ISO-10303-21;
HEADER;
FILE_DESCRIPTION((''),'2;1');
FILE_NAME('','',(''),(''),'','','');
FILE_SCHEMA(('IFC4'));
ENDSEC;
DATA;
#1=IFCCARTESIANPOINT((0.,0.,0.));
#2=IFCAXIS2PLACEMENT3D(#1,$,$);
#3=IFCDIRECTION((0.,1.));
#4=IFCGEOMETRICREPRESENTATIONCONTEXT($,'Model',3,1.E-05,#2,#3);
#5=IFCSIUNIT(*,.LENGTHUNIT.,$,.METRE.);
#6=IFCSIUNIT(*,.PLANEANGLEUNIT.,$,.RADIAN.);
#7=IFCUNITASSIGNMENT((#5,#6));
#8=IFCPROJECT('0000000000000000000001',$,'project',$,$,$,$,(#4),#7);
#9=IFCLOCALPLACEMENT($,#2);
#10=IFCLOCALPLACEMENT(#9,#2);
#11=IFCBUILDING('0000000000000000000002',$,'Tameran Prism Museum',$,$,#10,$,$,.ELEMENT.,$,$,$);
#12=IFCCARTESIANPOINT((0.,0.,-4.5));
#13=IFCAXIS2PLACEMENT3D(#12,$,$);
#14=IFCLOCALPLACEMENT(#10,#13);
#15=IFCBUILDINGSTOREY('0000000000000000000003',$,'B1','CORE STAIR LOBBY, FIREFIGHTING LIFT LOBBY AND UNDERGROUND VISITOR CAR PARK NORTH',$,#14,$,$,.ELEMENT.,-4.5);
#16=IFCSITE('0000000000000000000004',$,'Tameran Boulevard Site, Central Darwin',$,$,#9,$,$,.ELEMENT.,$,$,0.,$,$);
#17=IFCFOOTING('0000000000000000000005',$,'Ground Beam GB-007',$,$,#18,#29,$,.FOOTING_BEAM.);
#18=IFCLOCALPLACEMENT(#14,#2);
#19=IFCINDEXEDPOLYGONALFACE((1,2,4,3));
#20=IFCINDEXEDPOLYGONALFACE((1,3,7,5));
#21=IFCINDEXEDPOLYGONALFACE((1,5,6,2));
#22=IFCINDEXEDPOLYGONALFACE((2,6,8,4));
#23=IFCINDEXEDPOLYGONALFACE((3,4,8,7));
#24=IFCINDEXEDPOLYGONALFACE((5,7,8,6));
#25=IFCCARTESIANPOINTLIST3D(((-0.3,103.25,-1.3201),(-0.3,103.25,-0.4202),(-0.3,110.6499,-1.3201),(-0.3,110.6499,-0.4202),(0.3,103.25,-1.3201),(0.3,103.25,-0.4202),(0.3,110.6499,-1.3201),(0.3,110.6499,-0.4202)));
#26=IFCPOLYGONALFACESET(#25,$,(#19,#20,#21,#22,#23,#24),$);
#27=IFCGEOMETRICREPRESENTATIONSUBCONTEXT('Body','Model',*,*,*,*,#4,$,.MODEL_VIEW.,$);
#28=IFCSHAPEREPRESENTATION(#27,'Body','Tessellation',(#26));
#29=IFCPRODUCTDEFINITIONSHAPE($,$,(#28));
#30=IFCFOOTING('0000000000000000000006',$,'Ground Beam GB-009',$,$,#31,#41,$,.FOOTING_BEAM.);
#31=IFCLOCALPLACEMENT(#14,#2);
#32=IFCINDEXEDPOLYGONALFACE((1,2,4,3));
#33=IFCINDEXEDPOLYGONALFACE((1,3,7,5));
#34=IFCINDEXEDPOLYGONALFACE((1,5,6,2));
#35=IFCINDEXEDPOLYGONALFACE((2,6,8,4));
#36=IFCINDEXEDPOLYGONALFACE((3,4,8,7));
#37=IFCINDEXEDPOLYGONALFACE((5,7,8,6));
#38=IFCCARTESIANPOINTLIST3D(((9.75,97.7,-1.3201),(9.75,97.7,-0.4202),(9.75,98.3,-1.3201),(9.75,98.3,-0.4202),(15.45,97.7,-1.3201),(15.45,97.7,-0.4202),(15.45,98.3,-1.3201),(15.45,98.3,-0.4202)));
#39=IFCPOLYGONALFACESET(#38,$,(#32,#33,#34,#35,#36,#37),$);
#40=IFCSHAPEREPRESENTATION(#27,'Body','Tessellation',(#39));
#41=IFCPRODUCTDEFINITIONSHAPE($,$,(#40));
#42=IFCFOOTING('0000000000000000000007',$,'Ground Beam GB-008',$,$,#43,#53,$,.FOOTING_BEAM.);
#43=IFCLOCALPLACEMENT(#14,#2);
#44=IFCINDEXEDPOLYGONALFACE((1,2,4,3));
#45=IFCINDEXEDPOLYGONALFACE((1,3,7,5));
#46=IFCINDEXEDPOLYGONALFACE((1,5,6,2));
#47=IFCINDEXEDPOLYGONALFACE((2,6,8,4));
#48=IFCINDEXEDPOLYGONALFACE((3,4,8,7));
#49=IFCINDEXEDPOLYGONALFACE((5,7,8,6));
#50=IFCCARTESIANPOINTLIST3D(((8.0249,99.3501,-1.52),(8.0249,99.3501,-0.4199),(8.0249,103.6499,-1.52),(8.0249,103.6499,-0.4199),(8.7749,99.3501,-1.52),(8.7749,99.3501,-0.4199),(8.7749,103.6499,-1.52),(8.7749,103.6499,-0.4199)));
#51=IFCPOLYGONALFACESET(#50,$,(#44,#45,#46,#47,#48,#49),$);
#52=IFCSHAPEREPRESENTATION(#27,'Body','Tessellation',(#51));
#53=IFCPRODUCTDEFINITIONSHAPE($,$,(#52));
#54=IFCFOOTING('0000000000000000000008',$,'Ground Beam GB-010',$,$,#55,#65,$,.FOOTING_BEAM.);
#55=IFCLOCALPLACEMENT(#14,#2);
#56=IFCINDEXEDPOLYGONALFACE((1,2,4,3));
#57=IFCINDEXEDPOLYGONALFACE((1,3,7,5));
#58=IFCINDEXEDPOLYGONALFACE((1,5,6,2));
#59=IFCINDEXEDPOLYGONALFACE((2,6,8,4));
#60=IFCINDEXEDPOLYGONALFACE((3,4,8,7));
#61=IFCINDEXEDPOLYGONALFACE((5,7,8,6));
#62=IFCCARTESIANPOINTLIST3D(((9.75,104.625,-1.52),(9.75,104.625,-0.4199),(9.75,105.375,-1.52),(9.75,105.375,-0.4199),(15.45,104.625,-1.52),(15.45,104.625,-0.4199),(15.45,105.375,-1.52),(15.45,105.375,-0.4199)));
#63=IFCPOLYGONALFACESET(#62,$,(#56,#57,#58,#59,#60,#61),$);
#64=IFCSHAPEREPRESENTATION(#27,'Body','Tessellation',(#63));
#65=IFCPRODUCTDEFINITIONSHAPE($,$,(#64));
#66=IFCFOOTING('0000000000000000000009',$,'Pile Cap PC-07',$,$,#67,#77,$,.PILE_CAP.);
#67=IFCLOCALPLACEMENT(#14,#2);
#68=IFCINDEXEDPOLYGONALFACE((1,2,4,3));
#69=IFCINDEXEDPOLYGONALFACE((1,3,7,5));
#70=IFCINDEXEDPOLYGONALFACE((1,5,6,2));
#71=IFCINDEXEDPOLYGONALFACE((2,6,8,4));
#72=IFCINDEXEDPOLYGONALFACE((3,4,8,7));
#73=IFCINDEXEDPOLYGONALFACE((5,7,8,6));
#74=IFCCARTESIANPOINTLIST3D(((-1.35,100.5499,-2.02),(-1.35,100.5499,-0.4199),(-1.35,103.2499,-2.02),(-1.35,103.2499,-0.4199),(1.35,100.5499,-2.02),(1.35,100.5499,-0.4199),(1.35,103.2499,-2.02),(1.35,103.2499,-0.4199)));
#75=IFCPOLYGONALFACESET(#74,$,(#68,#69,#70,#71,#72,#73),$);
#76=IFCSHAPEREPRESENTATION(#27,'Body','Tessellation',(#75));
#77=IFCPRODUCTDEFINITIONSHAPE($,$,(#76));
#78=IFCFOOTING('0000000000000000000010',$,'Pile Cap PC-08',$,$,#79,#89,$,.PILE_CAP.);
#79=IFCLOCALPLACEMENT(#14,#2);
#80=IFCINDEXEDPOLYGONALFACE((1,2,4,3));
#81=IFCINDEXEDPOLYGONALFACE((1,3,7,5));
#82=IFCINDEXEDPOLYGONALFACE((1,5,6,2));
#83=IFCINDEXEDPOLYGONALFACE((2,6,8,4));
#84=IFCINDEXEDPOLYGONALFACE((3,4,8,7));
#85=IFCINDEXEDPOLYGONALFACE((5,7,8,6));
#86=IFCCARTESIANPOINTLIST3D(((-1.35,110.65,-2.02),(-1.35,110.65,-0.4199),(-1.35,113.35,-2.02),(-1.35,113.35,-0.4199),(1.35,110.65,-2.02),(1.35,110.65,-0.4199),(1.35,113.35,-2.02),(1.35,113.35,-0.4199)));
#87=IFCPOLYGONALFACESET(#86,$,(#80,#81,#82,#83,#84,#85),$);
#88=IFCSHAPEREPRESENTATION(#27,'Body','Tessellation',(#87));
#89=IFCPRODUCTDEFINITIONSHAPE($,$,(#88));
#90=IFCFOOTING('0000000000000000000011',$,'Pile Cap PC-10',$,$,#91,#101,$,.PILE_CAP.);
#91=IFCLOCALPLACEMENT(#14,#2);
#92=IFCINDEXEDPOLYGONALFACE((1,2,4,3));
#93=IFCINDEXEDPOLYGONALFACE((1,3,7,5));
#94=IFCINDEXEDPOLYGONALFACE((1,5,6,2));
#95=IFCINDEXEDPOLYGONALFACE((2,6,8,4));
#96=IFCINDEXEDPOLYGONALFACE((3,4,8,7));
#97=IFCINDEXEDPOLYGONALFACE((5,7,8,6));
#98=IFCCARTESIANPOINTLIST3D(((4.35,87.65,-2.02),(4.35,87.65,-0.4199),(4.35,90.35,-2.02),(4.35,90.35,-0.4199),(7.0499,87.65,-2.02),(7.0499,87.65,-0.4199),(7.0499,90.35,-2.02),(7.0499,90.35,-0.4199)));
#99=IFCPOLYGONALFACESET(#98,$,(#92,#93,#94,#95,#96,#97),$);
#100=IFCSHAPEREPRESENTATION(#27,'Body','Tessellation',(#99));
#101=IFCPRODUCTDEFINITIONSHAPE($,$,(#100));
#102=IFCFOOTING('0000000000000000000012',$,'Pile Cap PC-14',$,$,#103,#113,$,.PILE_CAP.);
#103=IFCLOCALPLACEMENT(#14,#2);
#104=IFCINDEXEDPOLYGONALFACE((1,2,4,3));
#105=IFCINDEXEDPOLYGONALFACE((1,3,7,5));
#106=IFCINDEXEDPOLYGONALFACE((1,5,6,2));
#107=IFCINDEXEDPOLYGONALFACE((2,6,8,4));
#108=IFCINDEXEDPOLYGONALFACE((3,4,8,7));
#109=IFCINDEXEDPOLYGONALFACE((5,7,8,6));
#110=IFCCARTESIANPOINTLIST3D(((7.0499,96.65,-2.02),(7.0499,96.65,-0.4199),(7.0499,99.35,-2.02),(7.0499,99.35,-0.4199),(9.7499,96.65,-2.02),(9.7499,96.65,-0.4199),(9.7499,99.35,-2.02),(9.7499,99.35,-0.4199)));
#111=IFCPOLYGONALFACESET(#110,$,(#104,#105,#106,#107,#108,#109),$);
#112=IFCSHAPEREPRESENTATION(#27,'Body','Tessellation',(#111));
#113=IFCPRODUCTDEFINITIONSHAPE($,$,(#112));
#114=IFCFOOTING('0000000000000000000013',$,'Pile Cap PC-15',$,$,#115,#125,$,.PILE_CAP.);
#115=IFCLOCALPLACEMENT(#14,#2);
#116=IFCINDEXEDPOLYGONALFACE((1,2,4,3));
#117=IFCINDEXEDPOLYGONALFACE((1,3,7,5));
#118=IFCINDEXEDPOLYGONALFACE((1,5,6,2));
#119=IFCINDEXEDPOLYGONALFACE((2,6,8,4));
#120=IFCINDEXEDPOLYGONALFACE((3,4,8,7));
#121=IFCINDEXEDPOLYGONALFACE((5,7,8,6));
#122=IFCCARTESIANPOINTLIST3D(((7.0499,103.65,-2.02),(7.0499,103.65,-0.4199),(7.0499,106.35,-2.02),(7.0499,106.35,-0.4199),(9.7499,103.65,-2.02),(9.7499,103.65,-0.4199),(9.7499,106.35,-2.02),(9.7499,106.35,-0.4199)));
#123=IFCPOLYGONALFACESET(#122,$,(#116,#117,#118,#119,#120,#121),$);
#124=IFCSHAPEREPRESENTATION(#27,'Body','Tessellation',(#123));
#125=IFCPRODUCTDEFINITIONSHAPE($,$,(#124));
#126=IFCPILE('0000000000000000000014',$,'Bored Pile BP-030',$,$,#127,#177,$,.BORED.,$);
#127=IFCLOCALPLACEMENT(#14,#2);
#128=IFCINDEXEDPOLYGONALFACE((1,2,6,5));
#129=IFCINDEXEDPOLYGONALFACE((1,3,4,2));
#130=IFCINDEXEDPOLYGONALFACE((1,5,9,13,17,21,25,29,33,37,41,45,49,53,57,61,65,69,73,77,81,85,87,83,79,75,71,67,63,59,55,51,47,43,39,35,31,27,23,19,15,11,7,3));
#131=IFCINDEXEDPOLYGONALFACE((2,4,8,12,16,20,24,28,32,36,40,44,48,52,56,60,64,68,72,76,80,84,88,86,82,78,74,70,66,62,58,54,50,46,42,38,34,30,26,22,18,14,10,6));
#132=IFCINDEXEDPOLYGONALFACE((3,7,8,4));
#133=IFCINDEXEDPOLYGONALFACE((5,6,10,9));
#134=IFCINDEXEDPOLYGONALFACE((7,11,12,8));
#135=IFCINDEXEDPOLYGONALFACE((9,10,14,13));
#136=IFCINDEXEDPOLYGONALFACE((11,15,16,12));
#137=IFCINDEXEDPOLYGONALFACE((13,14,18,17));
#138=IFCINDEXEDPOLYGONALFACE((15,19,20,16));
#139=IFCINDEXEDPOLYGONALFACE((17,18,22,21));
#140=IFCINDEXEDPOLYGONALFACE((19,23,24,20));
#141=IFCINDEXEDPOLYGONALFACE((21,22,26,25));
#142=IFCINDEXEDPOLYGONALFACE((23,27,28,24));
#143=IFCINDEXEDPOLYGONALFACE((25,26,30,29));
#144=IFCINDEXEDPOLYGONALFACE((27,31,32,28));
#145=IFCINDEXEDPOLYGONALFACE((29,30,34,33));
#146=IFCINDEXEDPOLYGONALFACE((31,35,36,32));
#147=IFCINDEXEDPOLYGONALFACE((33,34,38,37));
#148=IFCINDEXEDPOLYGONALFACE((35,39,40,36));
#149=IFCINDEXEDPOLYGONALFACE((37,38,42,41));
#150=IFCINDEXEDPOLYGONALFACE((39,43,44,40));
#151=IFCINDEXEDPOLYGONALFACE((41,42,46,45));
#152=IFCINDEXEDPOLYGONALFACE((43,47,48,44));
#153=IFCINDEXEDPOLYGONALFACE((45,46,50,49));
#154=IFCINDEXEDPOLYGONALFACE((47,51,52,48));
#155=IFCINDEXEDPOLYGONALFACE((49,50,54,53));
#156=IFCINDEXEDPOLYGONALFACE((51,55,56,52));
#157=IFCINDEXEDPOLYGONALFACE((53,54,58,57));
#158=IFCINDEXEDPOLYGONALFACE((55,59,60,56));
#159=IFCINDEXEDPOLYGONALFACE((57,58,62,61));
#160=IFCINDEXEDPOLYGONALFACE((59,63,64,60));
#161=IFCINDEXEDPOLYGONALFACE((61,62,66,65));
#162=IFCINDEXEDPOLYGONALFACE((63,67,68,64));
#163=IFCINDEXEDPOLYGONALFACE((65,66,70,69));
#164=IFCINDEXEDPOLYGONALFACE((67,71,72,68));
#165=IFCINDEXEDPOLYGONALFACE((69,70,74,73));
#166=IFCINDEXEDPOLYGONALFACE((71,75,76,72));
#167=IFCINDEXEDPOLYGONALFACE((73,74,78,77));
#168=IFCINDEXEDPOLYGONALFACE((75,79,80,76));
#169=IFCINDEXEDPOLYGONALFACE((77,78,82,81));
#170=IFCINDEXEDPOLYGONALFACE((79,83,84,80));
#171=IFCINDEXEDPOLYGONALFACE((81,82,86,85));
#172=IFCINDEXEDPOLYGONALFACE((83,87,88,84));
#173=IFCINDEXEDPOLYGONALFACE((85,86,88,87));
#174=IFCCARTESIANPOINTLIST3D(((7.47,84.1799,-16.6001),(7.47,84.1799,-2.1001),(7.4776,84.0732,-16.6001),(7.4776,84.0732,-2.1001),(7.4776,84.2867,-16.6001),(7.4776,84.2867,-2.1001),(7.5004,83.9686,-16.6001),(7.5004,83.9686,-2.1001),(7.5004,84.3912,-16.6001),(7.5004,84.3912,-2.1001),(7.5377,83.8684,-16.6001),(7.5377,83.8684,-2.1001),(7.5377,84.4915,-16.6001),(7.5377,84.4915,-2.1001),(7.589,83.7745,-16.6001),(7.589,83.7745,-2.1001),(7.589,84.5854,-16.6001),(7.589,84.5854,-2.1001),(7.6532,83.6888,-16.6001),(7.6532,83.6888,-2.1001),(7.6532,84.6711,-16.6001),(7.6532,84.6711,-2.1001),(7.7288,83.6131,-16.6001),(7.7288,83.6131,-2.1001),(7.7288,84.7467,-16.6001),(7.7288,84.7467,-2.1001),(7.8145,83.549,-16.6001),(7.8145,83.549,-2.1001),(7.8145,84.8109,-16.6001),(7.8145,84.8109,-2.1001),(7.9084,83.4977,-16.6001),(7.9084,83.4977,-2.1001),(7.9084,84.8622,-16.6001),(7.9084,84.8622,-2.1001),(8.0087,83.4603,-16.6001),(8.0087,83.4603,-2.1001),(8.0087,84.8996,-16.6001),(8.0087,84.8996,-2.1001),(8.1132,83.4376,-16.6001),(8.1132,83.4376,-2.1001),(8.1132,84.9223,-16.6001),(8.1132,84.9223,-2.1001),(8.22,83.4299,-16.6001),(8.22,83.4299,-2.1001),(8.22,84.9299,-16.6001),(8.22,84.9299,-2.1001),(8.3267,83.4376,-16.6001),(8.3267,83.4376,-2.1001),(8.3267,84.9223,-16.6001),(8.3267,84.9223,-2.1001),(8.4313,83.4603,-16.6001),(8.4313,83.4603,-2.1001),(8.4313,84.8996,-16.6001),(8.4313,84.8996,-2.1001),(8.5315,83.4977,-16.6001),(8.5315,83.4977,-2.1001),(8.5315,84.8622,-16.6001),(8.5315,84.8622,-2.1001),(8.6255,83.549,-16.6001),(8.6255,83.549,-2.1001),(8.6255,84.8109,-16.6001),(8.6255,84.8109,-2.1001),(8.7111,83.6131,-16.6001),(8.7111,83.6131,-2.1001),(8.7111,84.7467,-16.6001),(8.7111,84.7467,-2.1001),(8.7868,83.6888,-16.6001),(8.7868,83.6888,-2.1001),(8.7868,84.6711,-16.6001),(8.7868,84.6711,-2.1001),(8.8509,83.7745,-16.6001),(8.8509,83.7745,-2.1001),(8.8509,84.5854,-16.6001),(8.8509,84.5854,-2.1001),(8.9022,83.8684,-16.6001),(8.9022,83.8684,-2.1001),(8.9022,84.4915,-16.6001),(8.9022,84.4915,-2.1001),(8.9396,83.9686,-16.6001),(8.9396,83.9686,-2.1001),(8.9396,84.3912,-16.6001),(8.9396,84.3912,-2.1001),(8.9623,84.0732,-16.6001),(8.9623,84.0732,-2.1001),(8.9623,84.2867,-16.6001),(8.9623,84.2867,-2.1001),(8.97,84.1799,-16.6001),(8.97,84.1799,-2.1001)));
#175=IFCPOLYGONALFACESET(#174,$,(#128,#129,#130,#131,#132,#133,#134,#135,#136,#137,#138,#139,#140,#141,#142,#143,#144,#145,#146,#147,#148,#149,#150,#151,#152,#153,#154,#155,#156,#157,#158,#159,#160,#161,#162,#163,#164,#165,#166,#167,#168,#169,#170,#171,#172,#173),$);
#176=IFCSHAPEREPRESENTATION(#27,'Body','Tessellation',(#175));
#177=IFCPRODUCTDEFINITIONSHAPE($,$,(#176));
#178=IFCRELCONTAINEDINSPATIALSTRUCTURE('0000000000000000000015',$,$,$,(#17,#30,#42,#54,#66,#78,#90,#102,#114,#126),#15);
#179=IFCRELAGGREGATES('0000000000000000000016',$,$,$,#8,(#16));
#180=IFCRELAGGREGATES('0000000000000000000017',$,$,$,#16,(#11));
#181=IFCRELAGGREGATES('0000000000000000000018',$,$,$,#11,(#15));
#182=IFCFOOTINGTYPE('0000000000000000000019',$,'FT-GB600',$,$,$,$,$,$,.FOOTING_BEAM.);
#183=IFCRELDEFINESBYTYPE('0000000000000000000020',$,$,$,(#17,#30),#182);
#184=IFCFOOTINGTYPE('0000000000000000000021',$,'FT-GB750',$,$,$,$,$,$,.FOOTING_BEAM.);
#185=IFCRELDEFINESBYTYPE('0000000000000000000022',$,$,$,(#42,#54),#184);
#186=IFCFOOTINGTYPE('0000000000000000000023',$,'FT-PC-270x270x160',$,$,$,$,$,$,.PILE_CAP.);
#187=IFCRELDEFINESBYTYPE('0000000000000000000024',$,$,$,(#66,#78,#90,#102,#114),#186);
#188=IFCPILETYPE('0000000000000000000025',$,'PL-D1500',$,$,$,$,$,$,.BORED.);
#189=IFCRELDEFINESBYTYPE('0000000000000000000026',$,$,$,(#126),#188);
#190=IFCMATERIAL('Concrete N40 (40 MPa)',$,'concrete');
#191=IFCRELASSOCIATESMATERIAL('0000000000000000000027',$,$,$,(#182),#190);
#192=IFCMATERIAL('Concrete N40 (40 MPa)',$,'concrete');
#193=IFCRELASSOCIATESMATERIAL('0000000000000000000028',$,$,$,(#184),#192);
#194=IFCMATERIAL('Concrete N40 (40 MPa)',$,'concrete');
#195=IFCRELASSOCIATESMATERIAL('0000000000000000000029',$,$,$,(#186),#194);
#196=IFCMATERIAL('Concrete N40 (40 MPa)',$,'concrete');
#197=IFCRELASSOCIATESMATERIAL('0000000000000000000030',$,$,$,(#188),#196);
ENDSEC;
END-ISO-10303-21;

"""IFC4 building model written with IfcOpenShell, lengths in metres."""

from ifc_helpers import new_model, si_unit, direction, frame, origin, origin_2d, place, context, subcontext, project, spatial, rectangle, circle, extrude, material, material_profile, profile_set, type_object, element, save


model = new_model("IFC4")

# Units and contexts
model_context = context("Model", 3, precision=1e-05, world=origin(), true_north=direction((0.0, 1.0)))
body_context = subcontext(model_context, "Body", "Model", "MODEL_VIEW")
ifc_project = project(units=[si_unit("LENGTHUNIT", "METRE"), si_unit("PLANEANGLEUNIT", "RADIAN")], contexts=[model_context])

# Site, building, storey
site_placement = place(None, origin())
site = spatial("IfcSite", under=ifc_project, at=site_placement, Name="Tameran Boulevard Site, Central Darwin", CompositionType="ELEMENT", RefElevation=0.0)
building_placement = place(site_placement, origin())
building = spatial("IfcBuilding", under=site, at=building_placement, Name="Tameran Prism Museum", CompositionType="ELEMENT")
storey_placement = place(building_placement, frame((0.0, 0.0, -4.5)))
storey = spatial("IfcBuildingStorey", under=building, at=storey_placement, Name="B1", Description="CORE STAIR LOBBY, FIREFIGHTING LIFT LOBBY AND UNDERGROUND VISITOR CAR PARK NORTH", CompositionType="ELEMENT", Elevation=-4.5)

# Footings
ifc_material_1 = material(Name="Concrete N40 (40 MPa)", Category="concrete")
ifc_material_profile_1 = material_profile(ifc_material_1, rectangle(XDim=0.6001, YDim=0.8999, at=origin_2d()))
ifc_profile_set_1 = profile_set([ifc_material_profile_1])
footing_type_1 = type_object("IfcFootingType", Name="FT-GB600", PredefinedType="FOOTING_BEAM", material=ifc_profile_set_1)
footing_1_placement = place(storey_placement, frame((0.0, 103.25, -0.8701), z_axis=(0.0, 1.0, 0.0), x_axis=(-1.0, 0.0, 0.0)))
element("IfcFooting", 1, at=footing_1_placement, inside=storey, type_object=footing_type_1, Name="Ground Beam GB-007", PredefinedType="FOOTING_BEAM", context=body_context, shape_type="SweptSolid", body=[
    extrude(rectangle(XDim=0.6001, YDim=0.8999, at=origin_2d()), origin(), (0.0, 0.0, 1.0), 7.3999),
])
footing_2_placement = place(storey_placement, frame((9.75, 98.0, -0.8701), z_axis=(1.0, 0.0, 0.0), x_axis=(0.0, 1.0, 0.0)))
element("IfcFooting", 2, at=footing_2_placement, inside=storey, type_object=footing_type_1, Name="Ground Beam GB-009", PredefinedType="FOOTING_BEAM", context=body_context, shape_type="SweptSolid", body=[
    extrude(rectangle(XDim=0.6001, YDim=0.8999, at=origin_2d()), origin(), (0.0, 0.0, 1.0), 5.7),
])
ifc_material_2 = material(Name="Concrete N40 (40 MPa)", Category="concrete")
ifc_material_profile_2 = material_profile(ifc_material_2, rectangle(XDim=0.75, YDim=1.1001, at=origin_2d()))
ifc_profile_set_2 = profile_set([ifc_material_profile_2])
footing_type_2 = type_object("IfcFootingType", Name="FT-GB750", PredefinedType="FOOTING_BEAM", material=ifc_profile_set_2)
footing_3_placement = place(storey_placement, frame((8.3999, 99.3501, -0.97), z_axis=(0.0, 1.0, 0.0), x_axis=(-1.0, 0.0, 0.0)))
element("IfcFooting", 3, at=footing_3_placement, inside=storey, type_object=footing_type_2, Name="Ground Beam GB-008", PredefinedType="FOOTING_BEAM", context=body_context, shape_type="SweptSolid", body=[
    extrude(rectangle(XDim=0.75, YDim=1.1001, at=origin_2d()), origin(), (0.0, 0.0, 1.0), 4.2998),
])
footing_4_placement = place(storey_placement, frame((9.75, 105.0, -0.97), z_axis=(1.0, 0.0, 0.0), x_axis=(0.0, 1.0, 0.0)))
element("IfcFooting", 4, at=footing_4_placement, inside=storey, type_object=footing_type_2, Name="Ground Beam GB-010", PredefinedType="FOOTING_BEAM", context=body_context, shape_type="SweptSolid", body=[
    extrude(rectangle(XDim=0.75, YDim=1.1001, at=origin_2d()), origin(), (0.0, 0.0, 1.0), 5.7),
])
ifc_material_3 = material(Name="Concrete N40 (40 MPa)", Category="concrete")
footing_type_3 = type_object("IfcFootingType", Name="FT-PC-270x270x160", PredefinedType="PILE_CAP", material=ifc_material_3)
for number, where, z_axis, x_axis, name in (
    (5, (0.0, 101.8999, -2.02), (0.0, 0.0, 1.0), (1.0, 0.0, 0.0), "Pile Cap PC-07"),
    (6, (0.0, 112.0, -2.02), (0.0, 0.0, 1.0), (1.0, 0.0, 0.0), "Pile Cap PC-08"),
    (7, (5.7, 89.0, -2.02), (0.0, 0.0, 1.0), (1.0, 0.0, 0.0), "Pile Cap PC-10"),
    (8, (8.3999, 98.0, -2.02), (0.0, 0.0, 1.0), (1.0, 0.0, 0.0), "Pile Cap PC-14"),
    (9, (8.3999, 105.0, -2.02), (0.0, 0.0, 1.0), (1.0, 0.0, 0.0), "Pile Cap PC-15"),
):
    element("IfcFooting", number, at=place(storey_placement, frame(where, z_axis=z_axis, x_axis=x_axis)), inside=storey, type_object=footing_type_3, Name=name, PredefinedType="PILE_CAP", context=body_context, shape_type="SweptSolid", body=[
        extrude(rectangle(XDim=2.7, YDim=2.7, at=origin_2d()), origin(), (0.0, 0.0, 1.0), 1.6001),
    ])

# Pile
ifc_material_4 = material(Name="Concrete N40 (40 MPa)", Category="concrete")
ifc_material_profile_3 = material_profile(ifc_material_4, circle(Radius=0.75, at=origin_2d()))
ifc_profile_set_3 = profile_set([ifc_material_profile_3])
pile_type_1 = type_object("IfcPileType", Name="PL-D1500", PredefinedType="BORED", material=ifc_profile_set_3)
for number, where, z_axis, x_axis, name in (
    (10, (8.22, 84.1799, -2.1001), (0.0, 0.0, -1.0), (1.0, 0.0, 0.0), "Bored Pile BP-030"),
):
    element("IfcPile", number, at=place(storey_placement, frame(where, z_axis=z_axis, x_axis=x_axis)), inside=storey, type_object=pile_type_1, Name=name, PredefinedType="BORED", context=body_context, shape_type="SweptSolid", body=[
        extrude(circle(Radius=0.75, at=origin_2d()), origin(), (0.0, 0.0, 1.0), 14.5),
    ])

save(model, "model.ifc")
